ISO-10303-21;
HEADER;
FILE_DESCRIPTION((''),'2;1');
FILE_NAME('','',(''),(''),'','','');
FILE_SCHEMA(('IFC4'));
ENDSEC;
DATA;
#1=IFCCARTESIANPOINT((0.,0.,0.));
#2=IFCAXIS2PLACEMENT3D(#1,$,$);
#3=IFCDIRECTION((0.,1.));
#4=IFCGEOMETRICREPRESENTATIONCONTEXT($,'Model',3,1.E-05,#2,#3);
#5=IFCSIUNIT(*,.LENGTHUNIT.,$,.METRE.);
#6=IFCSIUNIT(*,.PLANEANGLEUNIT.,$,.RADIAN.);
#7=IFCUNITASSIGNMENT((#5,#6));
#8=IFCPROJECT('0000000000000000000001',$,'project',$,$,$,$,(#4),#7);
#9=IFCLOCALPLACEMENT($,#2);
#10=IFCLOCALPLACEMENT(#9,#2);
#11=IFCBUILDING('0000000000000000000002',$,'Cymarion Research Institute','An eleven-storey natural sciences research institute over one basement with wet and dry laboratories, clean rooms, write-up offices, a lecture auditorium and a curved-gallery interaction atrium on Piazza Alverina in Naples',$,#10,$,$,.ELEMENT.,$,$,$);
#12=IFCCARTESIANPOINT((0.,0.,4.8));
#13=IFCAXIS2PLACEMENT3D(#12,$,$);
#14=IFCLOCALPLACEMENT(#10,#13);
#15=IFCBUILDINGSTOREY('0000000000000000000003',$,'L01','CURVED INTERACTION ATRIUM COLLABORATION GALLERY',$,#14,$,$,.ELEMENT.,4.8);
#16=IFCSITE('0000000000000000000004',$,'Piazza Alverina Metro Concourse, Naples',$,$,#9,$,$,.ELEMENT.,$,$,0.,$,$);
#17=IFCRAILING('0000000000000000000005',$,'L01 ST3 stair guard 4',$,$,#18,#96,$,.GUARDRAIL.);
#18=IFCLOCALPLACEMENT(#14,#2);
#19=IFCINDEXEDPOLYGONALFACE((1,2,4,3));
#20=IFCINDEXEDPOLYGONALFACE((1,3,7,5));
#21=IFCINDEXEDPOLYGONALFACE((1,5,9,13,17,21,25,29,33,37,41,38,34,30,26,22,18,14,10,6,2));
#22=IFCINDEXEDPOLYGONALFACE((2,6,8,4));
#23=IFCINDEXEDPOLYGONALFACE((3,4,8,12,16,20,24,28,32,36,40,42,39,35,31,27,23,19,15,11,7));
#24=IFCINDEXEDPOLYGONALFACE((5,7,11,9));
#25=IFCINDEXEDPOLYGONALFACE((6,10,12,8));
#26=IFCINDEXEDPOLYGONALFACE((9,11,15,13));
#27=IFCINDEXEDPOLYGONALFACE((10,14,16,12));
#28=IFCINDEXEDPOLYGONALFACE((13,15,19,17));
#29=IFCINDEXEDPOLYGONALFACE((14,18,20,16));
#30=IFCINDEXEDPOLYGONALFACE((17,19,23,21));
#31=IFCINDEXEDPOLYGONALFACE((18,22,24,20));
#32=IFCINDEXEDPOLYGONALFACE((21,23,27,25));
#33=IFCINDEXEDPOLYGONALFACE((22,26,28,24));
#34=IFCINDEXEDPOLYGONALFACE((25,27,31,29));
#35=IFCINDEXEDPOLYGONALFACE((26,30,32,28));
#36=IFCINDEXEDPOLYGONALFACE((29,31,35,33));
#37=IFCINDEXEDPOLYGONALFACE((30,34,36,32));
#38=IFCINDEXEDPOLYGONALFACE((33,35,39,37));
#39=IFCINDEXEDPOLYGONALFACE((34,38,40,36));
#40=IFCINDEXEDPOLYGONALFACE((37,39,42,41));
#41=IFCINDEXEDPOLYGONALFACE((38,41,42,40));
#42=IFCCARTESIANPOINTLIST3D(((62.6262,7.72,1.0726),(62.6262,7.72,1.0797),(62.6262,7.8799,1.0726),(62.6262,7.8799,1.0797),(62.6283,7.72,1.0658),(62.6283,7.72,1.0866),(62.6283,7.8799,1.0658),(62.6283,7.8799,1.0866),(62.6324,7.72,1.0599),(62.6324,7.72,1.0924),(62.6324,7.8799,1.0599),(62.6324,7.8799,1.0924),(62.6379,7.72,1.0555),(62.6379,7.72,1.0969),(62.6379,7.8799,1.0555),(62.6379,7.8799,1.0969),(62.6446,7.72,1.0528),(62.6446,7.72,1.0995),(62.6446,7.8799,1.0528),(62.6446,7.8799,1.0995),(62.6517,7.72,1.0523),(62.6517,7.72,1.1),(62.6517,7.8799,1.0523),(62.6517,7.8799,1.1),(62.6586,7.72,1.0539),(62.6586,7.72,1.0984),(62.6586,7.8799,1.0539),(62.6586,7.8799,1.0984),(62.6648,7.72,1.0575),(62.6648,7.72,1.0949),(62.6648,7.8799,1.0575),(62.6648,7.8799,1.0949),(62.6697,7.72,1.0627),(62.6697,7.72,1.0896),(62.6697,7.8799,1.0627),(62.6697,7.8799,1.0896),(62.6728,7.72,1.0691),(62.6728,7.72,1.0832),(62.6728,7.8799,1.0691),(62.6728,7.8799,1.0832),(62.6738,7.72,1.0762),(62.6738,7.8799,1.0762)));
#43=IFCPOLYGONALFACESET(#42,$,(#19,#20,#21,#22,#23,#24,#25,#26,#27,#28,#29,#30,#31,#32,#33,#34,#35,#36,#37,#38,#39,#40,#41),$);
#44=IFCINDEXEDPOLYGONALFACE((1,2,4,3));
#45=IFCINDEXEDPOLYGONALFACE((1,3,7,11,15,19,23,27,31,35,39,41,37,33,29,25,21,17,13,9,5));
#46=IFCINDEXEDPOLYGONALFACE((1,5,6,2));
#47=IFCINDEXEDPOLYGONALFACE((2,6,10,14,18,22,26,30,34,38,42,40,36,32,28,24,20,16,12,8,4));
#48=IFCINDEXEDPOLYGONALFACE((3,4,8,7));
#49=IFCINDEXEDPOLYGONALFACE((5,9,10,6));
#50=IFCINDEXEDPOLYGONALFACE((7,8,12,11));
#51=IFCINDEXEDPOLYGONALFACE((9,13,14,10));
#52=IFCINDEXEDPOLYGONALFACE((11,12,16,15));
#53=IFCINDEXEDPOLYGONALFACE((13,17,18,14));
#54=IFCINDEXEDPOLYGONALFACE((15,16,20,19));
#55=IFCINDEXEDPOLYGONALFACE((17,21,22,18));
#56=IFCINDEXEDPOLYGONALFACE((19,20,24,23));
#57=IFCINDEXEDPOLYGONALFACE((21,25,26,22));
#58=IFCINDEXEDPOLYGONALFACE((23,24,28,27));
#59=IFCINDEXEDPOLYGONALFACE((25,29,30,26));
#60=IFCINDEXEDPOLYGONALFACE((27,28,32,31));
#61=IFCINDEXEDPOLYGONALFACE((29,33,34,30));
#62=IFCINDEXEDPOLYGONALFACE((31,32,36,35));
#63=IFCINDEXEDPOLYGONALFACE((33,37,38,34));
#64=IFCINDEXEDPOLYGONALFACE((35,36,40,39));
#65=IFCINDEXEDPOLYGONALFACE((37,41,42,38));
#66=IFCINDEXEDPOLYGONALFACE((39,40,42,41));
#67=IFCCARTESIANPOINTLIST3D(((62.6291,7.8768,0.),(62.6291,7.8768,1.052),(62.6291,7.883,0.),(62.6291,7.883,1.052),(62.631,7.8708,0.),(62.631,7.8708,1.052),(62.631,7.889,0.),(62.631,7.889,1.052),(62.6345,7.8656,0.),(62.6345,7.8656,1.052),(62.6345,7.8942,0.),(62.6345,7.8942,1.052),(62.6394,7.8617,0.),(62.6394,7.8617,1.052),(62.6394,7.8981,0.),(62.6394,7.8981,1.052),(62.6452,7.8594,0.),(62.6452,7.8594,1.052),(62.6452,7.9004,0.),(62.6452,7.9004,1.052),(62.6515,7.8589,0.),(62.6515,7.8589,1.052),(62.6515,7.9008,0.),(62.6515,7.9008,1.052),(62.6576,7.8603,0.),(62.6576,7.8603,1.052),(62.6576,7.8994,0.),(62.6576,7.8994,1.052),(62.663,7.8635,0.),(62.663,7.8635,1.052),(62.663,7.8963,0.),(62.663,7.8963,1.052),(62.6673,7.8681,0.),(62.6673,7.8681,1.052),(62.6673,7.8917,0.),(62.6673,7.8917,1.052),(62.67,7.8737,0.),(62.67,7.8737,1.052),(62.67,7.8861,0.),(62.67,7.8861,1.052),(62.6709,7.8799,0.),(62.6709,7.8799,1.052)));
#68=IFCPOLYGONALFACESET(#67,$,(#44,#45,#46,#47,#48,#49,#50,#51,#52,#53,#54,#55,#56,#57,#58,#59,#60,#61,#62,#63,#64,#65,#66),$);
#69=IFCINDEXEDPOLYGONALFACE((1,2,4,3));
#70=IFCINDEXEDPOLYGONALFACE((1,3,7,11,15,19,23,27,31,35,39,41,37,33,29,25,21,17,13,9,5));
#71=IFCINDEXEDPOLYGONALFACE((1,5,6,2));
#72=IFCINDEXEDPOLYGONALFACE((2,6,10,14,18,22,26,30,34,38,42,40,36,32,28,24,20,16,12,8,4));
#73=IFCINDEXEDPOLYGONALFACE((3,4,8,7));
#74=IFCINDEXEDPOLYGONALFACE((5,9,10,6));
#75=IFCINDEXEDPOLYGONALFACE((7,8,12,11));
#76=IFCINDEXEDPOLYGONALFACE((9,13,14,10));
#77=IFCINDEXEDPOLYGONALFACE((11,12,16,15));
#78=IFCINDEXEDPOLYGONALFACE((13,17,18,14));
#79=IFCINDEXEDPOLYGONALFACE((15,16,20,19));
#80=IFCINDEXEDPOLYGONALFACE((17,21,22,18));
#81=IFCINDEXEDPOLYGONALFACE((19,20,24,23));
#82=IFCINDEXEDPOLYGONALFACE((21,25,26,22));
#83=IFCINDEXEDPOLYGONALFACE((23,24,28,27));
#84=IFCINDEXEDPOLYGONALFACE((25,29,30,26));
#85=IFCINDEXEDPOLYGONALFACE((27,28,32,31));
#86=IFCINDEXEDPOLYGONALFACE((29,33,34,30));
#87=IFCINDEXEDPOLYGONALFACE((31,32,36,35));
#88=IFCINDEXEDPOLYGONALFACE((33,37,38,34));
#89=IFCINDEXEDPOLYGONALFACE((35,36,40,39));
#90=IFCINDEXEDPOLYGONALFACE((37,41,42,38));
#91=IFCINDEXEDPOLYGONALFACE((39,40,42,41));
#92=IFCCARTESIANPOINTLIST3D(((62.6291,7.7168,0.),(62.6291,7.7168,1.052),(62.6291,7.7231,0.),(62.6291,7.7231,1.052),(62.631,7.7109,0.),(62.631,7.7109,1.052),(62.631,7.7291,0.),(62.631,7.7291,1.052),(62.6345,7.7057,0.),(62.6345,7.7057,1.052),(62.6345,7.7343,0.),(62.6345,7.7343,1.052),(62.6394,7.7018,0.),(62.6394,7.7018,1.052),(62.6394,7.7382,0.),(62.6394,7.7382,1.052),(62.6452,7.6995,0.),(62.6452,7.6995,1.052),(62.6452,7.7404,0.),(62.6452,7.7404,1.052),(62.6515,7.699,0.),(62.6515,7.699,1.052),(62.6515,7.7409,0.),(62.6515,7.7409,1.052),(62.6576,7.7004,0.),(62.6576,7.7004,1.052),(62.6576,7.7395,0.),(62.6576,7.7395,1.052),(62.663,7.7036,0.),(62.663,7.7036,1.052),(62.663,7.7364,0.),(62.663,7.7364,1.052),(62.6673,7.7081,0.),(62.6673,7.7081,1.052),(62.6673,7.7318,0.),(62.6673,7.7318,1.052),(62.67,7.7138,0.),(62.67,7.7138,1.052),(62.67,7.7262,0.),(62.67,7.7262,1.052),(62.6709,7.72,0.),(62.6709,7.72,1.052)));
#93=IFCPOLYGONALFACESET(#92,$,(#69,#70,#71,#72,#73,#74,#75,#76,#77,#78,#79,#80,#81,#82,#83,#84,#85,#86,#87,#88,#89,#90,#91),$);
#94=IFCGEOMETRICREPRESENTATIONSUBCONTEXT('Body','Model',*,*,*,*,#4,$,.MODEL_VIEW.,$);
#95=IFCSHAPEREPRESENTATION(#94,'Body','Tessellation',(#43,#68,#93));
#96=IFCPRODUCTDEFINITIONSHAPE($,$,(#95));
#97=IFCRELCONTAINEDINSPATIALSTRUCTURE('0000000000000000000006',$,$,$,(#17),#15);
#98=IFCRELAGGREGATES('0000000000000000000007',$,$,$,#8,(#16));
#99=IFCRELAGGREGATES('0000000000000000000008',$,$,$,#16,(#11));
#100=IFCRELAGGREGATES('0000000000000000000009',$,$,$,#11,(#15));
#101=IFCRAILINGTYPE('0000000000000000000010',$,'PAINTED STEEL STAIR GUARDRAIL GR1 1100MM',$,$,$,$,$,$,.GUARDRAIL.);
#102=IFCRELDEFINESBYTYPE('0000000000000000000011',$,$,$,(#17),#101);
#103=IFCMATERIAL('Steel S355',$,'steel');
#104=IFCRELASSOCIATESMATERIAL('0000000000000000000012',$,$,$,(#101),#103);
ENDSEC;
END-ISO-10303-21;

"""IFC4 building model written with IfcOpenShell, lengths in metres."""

from ifc_helpers import new_model, si_unit, direction, frame, origin, origin_2d, place, context, subcontext, project, spatial, circle, extrude, material, type_object, element, save


model = new_model("IFC4")

# Units and contexts
model_context = context("Model", 3, precision=1e-05, world=origin(), true_north=direction((0.0, 1.0)))
body_context = subcontext(model_context, "Body", "Model", "MODEL_VIEW")
ifc_project = project(units=[si_unit("LENGTHUNIT", "METRE"), si_unit("PLANEANGLEUNIT", "RADIAN")], contexts=[model_context])

# Site, building, storey
site_placement = place(None, origin())
site = spatial("IfcSite", under=ifc_project, at=site_placement, Name="Piazza Alverina Metro Concourse, Naples", CompositionType="ELEMENT", RefElevation=0.0)
building_placement = place(site_placement, origin())
building = spatial("IfcBuilding", under=site, at=building_placement, Name="Cymarion Research Institute", Description="An eleven-storey natural sciences research institute over one basement with wet and dry laboratories, clean rooms, write-up offices, a lecture auditorium and a curved-gallery interaction atrium on Piazza Alverina in Naples", CompositionType="ELEMENT")
storey_placement = place(building_placement, frame((0.0, 0.0, 4.8)))
storey = spatial("IfcBuildingStorey", under=building, at=storey_placement, Name="L01", Description="CURVED INTERACTION ATRIUM COLLABORATION GALLERY", CompositionType="ELEMENT", Elevation=4.8)

# Shared definitions
ifc_material_1 = material(Name="Steel S355", Category="steel")

# Railing
railing_type_1 = type_object("IfcRailingType", Name="PAINTED STEEL STAIR GUARDRAIL GR1 1100MM", PredefinedType="GUARDRAIL", material=ifc_material_1)
railing_1_placement = place(storey_placement, frame((62.6499, 7.8799, 0.0)))
element("IfcRailing", 1, at=railing_1_placement, inside=storey, type_object=railing_type_1, Name="L01 ST3 stair guard 4", PredefinedType="GUARDRAIL", context=body_context, shape_type="SweptSolid", body=[
    extrude(circle(Radius=0.0239, at=origin_2d()), frame((0.0, 0.0, 1.0762), z_axis=(0.0, -1.0, 0.0), x_axis=(1.0, 0.0, 0.0)), (0.0, 0.0, 1.0), 0.1599),
    extrude(circle(Radius=0.021, at=origin_2d()), origin(), (0.0, 0.0, 1.0), 1.052),
    extrude(circle(Radius=0.021, at=origin_2d()), frame((0.0, -0.1599, 0.0)), (0.0, 0.0, 1.0), 1.052),
])

save(model, "model.ifc")
